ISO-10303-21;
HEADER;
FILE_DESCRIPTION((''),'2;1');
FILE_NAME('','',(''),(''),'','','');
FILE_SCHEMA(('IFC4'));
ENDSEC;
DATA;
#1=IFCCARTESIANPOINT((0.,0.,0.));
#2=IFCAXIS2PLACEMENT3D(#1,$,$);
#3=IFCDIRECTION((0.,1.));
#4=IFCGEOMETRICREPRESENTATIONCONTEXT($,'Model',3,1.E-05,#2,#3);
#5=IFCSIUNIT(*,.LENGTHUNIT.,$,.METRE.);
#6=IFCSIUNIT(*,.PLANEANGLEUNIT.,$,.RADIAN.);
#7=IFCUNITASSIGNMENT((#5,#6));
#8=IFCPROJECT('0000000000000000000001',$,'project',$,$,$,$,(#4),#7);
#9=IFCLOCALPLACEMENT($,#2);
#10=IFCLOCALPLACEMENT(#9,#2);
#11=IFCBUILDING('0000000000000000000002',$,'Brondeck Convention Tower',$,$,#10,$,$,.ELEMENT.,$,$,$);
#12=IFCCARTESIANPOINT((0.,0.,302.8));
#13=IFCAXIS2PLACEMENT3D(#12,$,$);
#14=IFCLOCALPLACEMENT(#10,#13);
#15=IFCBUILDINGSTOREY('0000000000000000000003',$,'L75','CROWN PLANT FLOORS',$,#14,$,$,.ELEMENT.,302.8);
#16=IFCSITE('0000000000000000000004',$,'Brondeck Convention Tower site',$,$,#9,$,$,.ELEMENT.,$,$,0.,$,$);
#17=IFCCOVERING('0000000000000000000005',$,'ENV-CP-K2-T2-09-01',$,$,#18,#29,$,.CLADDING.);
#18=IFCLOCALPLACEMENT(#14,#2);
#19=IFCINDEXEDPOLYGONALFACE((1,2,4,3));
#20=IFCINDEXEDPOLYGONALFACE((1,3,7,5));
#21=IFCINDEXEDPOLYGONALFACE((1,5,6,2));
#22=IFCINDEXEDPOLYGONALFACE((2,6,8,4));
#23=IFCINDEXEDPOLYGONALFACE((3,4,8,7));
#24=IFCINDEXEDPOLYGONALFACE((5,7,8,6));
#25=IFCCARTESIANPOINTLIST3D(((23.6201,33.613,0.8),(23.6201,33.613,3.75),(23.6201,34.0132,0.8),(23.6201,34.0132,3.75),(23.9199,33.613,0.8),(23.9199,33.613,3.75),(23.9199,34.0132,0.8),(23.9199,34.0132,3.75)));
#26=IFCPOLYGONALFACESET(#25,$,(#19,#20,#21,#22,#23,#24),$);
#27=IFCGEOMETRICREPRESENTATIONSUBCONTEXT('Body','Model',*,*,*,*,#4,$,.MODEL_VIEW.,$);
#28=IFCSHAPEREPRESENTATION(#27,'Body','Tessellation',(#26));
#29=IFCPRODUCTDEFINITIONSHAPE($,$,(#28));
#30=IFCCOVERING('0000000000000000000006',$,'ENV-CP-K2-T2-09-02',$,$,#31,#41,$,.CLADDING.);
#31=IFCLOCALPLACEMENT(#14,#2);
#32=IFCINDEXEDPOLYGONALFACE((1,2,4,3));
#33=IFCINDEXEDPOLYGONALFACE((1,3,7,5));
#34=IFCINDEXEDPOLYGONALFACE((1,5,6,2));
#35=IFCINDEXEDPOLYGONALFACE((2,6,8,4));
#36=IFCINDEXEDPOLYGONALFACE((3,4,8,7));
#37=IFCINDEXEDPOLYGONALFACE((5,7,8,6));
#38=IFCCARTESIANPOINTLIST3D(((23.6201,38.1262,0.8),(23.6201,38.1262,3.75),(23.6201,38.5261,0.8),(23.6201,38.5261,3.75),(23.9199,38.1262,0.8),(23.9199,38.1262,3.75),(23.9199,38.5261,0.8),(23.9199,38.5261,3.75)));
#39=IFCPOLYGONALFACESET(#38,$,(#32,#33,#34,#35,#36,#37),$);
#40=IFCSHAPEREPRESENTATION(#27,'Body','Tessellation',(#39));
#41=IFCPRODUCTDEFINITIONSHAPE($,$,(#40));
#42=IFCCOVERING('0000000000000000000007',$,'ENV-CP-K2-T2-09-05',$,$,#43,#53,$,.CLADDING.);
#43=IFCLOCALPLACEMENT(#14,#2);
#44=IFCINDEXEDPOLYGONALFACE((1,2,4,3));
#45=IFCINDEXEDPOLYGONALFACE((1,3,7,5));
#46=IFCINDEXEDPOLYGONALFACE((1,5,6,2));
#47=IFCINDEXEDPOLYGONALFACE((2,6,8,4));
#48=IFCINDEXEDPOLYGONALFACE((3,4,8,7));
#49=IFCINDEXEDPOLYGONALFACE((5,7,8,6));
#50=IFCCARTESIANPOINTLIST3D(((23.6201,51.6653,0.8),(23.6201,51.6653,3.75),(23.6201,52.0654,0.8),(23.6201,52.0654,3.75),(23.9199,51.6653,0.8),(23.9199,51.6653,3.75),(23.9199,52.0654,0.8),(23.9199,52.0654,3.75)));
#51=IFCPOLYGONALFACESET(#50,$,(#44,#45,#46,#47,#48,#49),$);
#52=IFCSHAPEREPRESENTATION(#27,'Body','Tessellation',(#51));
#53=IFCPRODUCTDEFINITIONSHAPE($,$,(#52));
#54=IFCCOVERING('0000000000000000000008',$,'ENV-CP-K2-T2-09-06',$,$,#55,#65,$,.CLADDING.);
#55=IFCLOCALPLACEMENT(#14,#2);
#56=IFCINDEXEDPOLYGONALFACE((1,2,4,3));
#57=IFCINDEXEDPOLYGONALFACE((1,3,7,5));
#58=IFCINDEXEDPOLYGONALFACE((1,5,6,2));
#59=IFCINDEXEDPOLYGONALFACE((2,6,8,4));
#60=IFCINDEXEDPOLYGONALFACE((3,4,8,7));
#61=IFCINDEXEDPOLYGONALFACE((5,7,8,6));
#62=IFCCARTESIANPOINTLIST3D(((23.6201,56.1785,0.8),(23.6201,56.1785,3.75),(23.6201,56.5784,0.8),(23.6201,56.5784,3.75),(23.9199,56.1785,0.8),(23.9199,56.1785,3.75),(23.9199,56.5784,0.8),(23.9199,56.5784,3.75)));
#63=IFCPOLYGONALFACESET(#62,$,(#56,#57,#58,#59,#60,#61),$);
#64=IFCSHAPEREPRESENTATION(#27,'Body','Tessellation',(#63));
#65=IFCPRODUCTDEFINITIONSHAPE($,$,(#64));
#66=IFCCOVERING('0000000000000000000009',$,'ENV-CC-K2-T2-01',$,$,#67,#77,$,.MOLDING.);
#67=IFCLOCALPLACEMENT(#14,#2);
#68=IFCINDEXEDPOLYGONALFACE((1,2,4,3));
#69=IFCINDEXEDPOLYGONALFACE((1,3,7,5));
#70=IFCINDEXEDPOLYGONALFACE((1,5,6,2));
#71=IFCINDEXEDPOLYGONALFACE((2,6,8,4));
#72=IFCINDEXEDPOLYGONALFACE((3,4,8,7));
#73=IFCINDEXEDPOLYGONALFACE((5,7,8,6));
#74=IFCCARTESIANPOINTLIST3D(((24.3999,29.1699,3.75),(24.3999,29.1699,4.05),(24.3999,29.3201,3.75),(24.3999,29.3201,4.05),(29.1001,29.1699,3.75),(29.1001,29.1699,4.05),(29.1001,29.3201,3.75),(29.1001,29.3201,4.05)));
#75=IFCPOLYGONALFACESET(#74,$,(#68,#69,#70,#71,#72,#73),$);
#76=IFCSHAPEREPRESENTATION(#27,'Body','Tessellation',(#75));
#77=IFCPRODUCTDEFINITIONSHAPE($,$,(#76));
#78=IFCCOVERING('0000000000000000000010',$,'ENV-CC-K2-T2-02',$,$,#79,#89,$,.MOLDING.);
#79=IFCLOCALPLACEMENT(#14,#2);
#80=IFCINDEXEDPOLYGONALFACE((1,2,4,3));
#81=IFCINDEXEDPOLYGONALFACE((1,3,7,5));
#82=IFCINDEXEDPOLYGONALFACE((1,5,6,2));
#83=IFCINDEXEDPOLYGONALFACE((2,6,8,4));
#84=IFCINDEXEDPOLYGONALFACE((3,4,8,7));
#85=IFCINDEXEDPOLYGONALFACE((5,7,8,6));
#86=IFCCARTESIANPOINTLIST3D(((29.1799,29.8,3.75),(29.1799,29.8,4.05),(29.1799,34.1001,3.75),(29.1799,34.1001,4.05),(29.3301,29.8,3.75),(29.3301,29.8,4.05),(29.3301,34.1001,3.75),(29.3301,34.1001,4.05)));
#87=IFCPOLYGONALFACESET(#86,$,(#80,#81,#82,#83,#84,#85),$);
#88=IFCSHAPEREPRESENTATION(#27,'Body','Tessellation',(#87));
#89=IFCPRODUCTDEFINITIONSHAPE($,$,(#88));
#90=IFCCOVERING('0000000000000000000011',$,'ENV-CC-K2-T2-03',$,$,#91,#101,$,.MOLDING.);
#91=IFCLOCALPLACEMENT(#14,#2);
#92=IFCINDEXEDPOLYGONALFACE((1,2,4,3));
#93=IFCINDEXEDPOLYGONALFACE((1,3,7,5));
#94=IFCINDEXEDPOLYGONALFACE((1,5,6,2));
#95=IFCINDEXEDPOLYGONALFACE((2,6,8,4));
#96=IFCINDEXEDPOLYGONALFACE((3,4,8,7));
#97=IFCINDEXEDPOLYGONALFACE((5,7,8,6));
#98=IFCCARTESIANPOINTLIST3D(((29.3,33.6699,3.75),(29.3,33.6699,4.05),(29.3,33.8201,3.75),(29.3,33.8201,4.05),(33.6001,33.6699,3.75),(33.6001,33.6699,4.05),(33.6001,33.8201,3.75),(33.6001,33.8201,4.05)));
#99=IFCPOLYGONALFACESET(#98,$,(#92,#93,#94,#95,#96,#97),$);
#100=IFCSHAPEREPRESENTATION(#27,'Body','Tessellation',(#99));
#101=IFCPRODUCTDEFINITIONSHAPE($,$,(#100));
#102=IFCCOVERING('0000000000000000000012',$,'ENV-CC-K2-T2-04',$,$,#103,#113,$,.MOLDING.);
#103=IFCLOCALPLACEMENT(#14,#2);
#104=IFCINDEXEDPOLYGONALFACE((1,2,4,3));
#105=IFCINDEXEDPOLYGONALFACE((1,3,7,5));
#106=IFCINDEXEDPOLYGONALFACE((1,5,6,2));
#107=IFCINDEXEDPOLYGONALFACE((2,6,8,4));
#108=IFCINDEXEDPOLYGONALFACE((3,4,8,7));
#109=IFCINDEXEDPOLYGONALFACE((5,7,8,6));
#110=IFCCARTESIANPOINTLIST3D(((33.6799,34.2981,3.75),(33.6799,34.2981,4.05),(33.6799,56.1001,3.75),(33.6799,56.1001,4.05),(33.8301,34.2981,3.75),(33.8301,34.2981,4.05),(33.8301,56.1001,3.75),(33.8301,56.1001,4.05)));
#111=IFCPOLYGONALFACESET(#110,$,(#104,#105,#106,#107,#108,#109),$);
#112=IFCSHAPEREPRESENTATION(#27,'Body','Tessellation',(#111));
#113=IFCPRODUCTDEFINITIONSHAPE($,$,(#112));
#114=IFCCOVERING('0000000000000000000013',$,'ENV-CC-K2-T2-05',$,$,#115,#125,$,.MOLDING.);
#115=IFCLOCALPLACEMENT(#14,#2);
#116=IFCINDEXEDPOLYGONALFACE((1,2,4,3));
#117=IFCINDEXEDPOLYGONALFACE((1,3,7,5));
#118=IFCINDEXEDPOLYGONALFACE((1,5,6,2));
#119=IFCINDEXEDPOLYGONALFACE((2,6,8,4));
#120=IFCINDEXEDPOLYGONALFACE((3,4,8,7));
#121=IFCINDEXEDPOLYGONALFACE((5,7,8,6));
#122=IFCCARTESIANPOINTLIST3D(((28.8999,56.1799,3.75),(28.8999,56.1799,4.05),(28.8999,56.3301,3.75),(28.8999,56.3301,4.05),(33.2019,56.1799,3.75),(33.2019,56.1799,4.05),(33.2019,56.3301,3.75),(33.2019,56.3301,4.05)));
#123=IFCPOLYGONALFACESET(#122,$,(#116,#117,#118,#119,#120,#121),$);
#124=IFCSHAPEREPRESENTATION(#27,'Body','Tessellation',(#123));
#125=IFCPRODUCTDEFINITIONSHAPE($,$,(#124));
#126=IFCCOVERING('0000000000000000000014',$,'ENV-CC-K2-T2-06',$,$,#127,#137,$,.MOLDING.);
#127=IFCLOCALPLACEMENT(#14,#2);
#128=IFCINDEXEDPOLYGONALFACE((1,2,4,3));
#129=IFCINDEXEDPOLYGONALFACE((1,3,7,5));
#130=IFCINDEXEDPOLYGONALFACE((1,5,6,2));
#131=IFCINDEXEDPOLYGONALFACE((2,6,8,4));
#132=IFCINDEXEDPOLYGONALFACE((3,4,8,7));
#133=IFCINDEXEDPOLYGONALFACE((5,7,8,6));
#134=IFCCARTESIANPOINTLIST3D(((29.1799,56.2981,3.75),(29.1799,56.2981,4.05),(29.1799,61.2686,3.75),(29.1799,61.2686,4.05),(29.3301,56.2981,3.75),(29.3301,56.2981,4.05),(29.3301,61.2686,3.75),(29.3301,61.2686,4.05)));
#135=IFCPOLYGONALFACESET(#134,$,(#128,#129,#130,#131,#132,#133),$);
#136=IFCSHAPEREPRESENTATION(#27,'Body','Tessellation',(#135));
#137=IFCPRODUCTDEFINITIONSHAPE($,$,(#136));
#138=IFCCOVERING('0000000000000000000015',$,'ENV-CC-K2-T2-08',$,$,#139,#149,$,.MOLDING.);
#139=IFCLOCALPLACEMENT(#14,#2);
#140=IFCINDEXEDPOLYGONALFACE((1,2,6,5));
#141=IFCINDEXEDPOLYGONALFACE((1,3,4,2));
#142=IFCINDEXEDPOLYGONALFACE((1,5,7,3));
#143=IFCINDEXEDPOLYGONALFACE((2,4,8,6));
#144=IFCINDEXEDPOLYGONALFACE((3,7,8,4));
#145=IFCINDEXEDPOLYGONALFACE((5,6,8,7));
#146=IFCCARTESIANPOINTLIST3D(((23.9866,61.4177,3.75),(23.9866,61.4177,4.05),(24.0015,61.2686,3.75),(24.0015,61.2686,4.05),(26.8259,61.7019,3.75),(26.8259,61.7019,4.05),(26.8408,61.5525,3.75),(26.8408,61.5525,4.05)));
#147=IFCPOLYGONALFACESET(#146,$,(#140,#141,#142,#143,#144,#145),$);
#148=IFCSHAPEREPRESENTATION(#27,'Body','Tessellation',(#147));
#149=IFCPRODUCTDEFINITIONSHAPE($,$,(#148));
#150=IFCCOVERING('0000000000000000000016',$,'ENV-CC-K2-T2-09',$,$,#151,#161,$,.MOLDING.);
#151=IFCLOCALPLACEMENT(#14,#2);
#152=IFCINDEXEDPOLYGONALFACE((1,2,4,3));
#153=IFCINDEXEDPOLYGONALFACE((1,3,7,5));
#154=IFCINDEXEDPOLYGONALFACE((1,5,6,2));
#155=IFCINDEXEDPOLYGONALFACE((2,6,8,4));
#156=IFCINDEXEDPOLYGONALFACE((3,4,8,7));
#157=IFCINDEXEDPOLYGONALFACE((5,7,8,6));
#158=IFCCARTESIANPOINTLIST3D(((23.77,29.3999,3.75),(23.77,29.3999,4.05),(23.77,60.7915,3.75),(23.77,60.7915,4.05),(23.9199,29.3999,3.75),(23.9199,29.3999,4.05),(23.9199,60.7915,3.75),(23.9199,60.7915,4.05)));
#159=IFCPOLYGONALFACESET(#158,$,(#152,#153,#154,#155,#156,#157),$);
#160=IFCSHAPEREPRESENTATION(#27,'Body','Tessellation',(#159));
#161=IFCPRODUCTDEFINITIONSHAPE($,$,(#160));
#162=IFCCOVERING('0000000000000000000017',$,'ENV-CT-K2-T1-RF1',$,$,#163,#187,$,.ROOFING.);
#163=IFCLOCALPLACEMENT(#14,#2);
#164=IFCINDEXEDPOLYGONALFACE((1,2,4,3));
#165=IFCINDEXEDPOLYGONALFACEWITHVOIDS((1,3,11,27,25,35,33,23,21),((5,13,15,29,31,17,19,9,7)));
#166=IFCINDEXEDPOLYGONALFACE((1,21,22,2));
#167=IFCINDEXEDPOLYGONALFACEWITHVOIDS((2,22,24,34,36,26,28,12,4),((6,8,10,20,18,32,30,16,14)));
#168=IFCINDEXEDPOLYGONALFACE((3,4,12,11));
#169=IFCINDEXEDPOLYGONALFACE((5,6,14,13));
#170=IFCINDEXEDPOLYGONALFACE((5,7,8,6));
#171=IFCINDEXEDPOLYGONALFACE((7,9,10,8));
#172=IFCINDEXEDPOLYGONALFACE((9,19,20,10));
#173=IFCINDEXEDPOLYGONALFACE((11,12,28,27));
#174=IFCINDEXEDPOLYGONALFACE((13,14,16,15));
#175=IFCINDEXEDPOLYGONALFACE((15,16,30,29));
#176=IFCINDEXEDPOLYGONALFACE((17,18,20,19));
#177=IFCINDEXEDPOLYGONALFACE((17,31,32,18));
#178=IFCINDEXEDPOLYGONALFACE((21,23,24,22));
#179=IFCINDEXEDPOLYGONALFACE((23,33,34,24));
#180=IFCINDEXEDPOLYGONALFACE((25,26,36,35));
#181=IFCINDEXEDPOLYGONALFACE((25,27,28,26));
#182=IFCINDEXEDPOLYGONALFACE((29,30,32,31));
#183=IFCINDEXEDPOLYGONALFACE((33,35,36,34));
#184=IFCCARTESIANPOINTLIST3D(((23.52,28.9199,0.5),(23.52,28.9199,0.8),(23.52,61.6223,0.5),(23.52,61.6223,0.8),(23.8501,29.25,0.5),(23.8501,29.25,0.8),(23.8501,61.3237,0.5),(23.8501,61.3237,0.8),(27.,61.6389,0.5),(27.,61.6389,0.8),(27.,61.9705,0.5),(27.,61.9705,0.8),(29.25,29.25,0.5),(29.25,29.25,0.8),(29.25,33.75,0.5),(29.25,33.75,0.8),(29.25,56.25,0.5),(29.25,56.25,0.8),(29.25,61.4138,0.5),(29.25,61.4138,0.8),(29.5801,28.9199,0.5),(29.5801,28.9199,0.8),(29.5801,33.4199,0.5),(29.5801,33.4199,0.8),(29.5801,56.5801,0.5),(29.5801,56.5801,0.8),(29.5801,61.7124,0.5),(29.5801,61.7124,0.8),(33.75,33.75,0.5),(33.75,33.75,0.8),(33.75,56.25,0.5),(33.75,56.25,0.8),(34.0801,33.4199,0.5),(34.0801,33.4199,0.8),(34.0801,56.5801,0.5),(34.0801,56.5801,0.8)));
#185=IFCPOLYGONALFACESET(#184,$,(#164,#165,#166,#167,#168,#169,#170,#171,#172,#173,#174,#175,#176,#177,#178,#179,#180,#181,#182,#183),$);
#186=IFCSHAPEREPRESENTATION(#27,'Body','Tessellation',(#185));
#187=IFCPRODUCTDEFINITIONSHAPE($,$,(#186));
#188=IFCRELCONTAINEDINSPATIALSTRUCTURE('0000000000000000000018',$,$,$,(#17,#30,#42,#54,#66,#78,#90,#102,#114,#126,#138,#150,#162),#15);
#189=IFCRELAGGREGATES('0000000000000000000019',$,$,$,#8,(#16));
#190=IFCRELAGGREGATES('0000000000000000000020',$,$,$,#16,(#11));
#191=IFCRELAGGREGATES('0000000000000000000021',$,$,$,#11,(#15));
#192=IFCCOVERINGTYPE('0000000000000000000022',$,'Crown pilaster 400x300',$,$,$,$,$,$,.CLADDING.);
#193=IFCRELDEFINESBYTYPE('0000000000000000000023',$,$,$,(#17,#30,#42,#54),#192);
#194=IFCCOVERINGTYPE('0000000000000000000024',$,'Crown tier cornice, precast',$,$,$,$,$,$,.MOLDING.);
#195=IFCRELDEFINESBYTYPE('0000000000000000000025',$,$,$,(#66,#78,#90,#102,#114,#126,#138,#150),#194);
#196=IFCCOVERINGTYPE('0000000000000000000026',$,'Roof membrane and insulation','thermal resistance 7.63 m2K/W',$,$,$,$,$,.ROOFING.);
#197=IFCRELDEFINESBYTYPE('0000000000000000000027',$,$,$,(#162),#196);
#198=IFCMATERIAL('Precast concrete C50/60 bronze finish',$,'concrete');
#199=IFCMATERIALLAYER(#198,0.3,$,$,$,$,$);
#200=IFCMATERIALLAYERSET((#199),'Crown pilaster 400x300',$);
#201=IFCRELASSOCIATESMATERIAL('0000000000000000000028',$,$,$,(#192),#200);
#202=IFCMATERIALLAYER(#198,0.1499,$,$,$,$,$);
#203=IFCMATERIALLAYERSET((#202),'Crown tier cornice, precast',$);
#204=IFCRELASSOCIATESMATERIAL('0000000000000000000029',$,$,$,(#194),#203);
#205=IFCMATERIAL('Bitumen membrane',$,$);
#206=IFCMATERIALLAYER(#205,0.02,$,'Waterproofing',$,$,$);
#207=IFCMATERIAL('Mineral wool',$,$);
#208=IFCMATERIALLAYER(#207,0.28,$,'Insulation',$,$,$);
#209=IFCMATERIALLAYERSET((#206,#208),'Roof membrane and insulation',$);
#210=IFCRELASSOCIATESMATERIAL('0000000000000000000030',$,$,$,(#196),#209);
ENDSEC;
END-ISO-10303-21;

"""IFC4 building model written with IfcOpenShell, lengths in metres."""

from ifc_helpers import new_model, si_unit, direction, frame, origin, place, context, subcontext, project, spatial, polyline, outline, extrude, material, layer, layer_set, type_object, element, save


model = new_model("IFC4")

# Units and contexts
model_context = context("Model", 3, precision=1e-05, world=origin(), true_north=direction((0.0, 1.0)))
body_context = subcontext(model_context, "Body", "Model", "MODEL_VIEW")
ifc_project = project(units=[si_unit("LENGTHUNIT", "METRE"), si_unit("PLANEANGLEUNIT", "RADIAN")], contexts=[model_context])

# Site, building, storey
site_placement = place(None, origin())
site = spatial("IfcSite", under=ifc_project, at=site_placement, Name="Brondeck Convention Tower site", CompositionType="ELEMENT", RefElevation=0.0)
building_placement = place(site_placement, origin())
building = spatial("IfcBuilding", under=site, at=building_placement, Name="Brondeck Convention Tower", CompositionType="ELEMENT")
storey_placement = place(building_placement, frame((0.0, 0.0, 302.8)))
storey = spatial("IfcBuildingStorey", under=building, at=storey_placement, Name="L75", Description="CROWN PLANT FLOORS", CompositionType="ELEMENT", Elevation=302.8)

# Coverings
ifc_material_1 = material(Name="Precast concrete C50/60 bronze finish", Category="concrete")
ifc_layer_1 = layer(ifc_material_1, 0.3)
ifc_layer_set_1 = layer_set([ifc_layer_1], Name="Crown pilaster 400x300")
covering_type_1 = type_object("IfcCoveringType", Name="Crown pilaster 400x300", PredefinedType="CLADDING", material=ifc_layer_set_1)
covering_1_placement = place(storey_placement, frame((0.0, 0.0, 0.8)))
element("IfcCovering", 1, at=covering_1_placement, inside=storey, type_object=covering_type_1, Name="ENV-CP-K2-T2-09-01", PredefinedType="CLADDING", context=body_context, shape_type="SweptSolid", body=[
    extrude(outline(polyline([(23.6201, 34.0132), (23.6201, 33.613), (23.9199, 33.613), (23.9199, 34.0132), (23.6201, 34.0132)])), origin(), (0.0, 0.0, 1.0), 2.95),
])
covering_2_placement = place(storey_placement, frame((0.0, 0.0, 0.8)))
element("IfcCovering", 2, at=covering_2_placement, inside=storey, type_object=covering_type_1, Name="ENV-CP-K2-T2-09-02", PredefinedType="CLADDING", context=body_context, shape_type="SweptSolid", body=[
    extrude(outline(polyline([(23.6201, 38.5261), (23.6201, 38.1262), (23.9199, 38.1262), (23.9199, 38.5261), (23.6201, 38.5261)])), origin(), (0.0, 0.0, 1.0), 2.95),
])
covering_3_placement = place(storey_placement, frame((0.0, 0.0, 0.8)))
element("IfcCovering", 3, at=covering_3_placement, inside=storey, type_object=covering_type_1, Name="ENV-CP-K2-T2-09-05", PredefinedType="CLADDING", context=body_context, shape_type="SweptSolid", body=[
    extrude(outline(polyline([(23.6201, 52.0654), (23.6201, 51.6653), (23.9199, 51.6653), (23.9199, 52.0654), (23.6201, 52.0654)])), origin(), (0.0, 0.0, 1.0), 2.95),
])
covering_4_placement = place(storey_placement, frame((0.0, 0.0, 0.8)))
element("IfcCovering", 4, at=covering_4_placement, inside=storey, type_object=covering_type_1, Name="ENV-CP-K2-T2-09-06", PredefinedType="CLADDING", context=body_context, shape_type="SweptSolid", body=[
    extrude(outline(polyline([(23.6201, 56.5784), (23.6201, 56.1785), (23.9199, 56.1785), (23.9199, 56.5784), (23.6201, 56.5784)])), origin(), (0.0, 0.0, 1.0), 2.95),
])
ifc_layer_2 = layer(ifc_material_1, 0.1499)
ifc_layer_set_2 = layer_set([ifc_layer_2], Name="Crown tier cornice, precast")
covering_type_2 = type_object("IfcCoveringType", Name="Crown tier cornice, precast", PredefinedType="MOLDING", material=ifc_layer_set_2)
covering_5_placement = place(storey_placement, frame((0.0, 0.0, 3.75)))
element("IfcCovering", 5, at=covering_5_placement, inside=storey, type_object=covering_type_2, Name="ENV-CC-K2-T2-01", PredefinedType="MOLDING", context=body_context, shape_type="SweptSolid", body=[
    extrude(outline(polyline([(24.3999, 29.1699), (29.1001, 29.1699), (29.1001, 29.3201), (24.3999, 29.3201), (24.3999, 29.1699)])), origin(), (0.0, 0.0, 1.0), 0.3),
])
covering_6_placement = place(storey_placement, frame((0.0, 0.0, 3.75)))
element("IfcCovering", 6, at=covering_6_placement, inside=storey, type_object=covering_type_2, Name="ENV-CC-K2-T2-02", PredefinedType="MOLDING", context=body_context, shape_type="SweptSolid", body=[
    extrude(outline(polyline([(29.3301, 29.8), (29.3301, 34.1001), (29.1799, 34.1001), (29.1799, 29.8), (29.3301, 29.8)])), origin(), (0.0, 0.0, 1.0), 0.3),
])
covering_7_placement = place(storey_placement, frame((0.0, 0.0, 3.75)))
element("IfcCovering", 7, at=covering_7_placement, inside=storey, type_object=covering_type_2, Name="ENV-CC-K2-T2-03", PredefinedType="MOLDING", context=body_context, shape_type="SweptSolid", body=[
    extrude(outline(polyline([(29.3, 33.6699), (33.6001, 33.6699), (33.6001, 33.8201), (29.3, 33.8201), (29.3, 33.6699)])), origin(), (0.0, 0.0, 1.0), 0.3),
])
covering_8_placement = place(storey_placement, frame((0.0, 0.0, 3.75)))
element("IfcCovering", 8, at=covering_8_placement, inside=storey, type_object=covering_type_2, Name="ENV-CC-K2-T2-04", PredefinedType="MOLDING", context=body_context, shape_type="SweptSolid", body=[
    extrude(outline(polyline([(33.8301, 34.2981), (33.8301, 56.1001), (33.6799, 56.1001), (33.6799, 34.2981), (33.8301, 34.2981)])), origin(), (0.0, 0.0, 1.0), 0.3),
])
covering_9_placement = place(storey_placement, frame((0.0, 0.0, 3.75)))
element("IfcCovering", 9, at=covering_9_placement, inside=storey, type_object=covering_type_2, Name="ENV-CC-K2-T2-05", PredefinedType="MOLDING", context=body_context, shape_type="SweptSolid", body=[
    extrude(outline(polyline([(33.2019, 56.3301), (28.8999, 56.3301), (28.8999, 56.1799), (33.2019, 56.1799), (33.2019, 56.3301)])), origin(), (0.0, 0.0, 1.0), 0.3),
])
covering_10_placement = place(storey_placement, frame((0.0, 0.0, 3.75)))
element("IfcCovering", 10, at=covering_10_placement, inside=storey, type_object=covering_type_2, Name="ENV-CC-K2-T2-06", PredefinedType="MOLDING", context=body_context, shape_type="SweptSolid", body=[
    extrude(outline(polyline([(29.3301, 56.2981), (29.3301, 61.2686), (29.1799, 61.2686), (29.1799, 56.2981), (29.3301, 56.2981)])), origin(), (0.0, 0.0, 1.0), 0.3),
])
covering_11_placement = place(storey_placement, frame((0.0, 0.0, 3.75)))
element("IfcCovering", 11, at=covering_11_placement, inside=storey, type_object=covering_type_2, Name="ENV-CC-K2-T2-08", PredefinedType="MOLDING", context=body_context, shape_type="SweptSolid", body=[
    extrude(outline(polyline([(26.8259, 61.7019), (23.9866, 61.4177), (24.0015, 61.2686), (26.8408, 61.5525), (26.8259, 61.7019)])), origin(), (0.0, 0.0, 1.0), 0.3),
])
covering_12_placement = place(storey_placement, frame((0.0, 0.0, 3.75)))
element("IfcCovering", 12, at=covering_12_placement, inside=storey, type_object=covering_type_2, Name="ENV-CC-K2-T2-09", PredefinedType="MOLDING", context=body_context, shape_type="SweptSolid", body=[
    extrude(outline(polyline([(23.77, 60.7915), (23.77, 29.3999), (23.9199, 29.3999), (23.9199, 60.7915), (23.77, 60.7915)])), origin(), (0.0, 0.0, 1.0), 0.3),
])
ifc_material_2 = material(Name="Bitumen membrane")
ifc_layer_3 = layer(ifc_material_2, 0.02, Name="Waterproofing")
ifc_material_3 = material(Name="Mineral wool")
ifc_layer_4 = layer(ifc_material_3, 0.28, Name="Insulation")
ifc_layer_set_3 = layer_set([ifc_layer_3, ifc_layer_4], Name="Roof membrane and insulation")
covering_type_3 = type_object("IfcCoveringType", Name="Roof membrane and insulation", Description="thermal resistance 7.63 m2K/W", PredefinedType="ROOFING", material=ifc_layer_set_3)
covering_13_placement = place(storey_placement, frame((0.0, 0.0, 0.5)))
element("IfcCovering", 13, at=covering_13_placement, inside=storey, type_object=covering_type_3, Name="ENV-CT-K2-T1-RF1", PredefinedType="ROOFING", context=body_context, shape_type="SweptSolid", body=[
    extrude(outline(polyline([(27.0, 61.9705), (23.52, 61.6223), (23.52, 28.9199), (29.5801, 28.9199), (29.5801, 33.4199), (34.0801, 33.4199), (34.0801, 56.5801), (29.5801, 56.5801), (29.5801, 61.7124), (27.0, 61.9705)]), holes=[polyline([(29.25, 33.75), (29.25, 29.25), (23.8501, 29.25), (23.8501, 61.3237), (27.0, 61.6389), (29.25, 61.4138), (29.25, 56.25), (33.75, 56.25), (33.75, 33.75), (29.25, 33.75)])]), origin(), (0.0, 0.0, 1.0), 0.3),
])

save(model, "model.ifc")
